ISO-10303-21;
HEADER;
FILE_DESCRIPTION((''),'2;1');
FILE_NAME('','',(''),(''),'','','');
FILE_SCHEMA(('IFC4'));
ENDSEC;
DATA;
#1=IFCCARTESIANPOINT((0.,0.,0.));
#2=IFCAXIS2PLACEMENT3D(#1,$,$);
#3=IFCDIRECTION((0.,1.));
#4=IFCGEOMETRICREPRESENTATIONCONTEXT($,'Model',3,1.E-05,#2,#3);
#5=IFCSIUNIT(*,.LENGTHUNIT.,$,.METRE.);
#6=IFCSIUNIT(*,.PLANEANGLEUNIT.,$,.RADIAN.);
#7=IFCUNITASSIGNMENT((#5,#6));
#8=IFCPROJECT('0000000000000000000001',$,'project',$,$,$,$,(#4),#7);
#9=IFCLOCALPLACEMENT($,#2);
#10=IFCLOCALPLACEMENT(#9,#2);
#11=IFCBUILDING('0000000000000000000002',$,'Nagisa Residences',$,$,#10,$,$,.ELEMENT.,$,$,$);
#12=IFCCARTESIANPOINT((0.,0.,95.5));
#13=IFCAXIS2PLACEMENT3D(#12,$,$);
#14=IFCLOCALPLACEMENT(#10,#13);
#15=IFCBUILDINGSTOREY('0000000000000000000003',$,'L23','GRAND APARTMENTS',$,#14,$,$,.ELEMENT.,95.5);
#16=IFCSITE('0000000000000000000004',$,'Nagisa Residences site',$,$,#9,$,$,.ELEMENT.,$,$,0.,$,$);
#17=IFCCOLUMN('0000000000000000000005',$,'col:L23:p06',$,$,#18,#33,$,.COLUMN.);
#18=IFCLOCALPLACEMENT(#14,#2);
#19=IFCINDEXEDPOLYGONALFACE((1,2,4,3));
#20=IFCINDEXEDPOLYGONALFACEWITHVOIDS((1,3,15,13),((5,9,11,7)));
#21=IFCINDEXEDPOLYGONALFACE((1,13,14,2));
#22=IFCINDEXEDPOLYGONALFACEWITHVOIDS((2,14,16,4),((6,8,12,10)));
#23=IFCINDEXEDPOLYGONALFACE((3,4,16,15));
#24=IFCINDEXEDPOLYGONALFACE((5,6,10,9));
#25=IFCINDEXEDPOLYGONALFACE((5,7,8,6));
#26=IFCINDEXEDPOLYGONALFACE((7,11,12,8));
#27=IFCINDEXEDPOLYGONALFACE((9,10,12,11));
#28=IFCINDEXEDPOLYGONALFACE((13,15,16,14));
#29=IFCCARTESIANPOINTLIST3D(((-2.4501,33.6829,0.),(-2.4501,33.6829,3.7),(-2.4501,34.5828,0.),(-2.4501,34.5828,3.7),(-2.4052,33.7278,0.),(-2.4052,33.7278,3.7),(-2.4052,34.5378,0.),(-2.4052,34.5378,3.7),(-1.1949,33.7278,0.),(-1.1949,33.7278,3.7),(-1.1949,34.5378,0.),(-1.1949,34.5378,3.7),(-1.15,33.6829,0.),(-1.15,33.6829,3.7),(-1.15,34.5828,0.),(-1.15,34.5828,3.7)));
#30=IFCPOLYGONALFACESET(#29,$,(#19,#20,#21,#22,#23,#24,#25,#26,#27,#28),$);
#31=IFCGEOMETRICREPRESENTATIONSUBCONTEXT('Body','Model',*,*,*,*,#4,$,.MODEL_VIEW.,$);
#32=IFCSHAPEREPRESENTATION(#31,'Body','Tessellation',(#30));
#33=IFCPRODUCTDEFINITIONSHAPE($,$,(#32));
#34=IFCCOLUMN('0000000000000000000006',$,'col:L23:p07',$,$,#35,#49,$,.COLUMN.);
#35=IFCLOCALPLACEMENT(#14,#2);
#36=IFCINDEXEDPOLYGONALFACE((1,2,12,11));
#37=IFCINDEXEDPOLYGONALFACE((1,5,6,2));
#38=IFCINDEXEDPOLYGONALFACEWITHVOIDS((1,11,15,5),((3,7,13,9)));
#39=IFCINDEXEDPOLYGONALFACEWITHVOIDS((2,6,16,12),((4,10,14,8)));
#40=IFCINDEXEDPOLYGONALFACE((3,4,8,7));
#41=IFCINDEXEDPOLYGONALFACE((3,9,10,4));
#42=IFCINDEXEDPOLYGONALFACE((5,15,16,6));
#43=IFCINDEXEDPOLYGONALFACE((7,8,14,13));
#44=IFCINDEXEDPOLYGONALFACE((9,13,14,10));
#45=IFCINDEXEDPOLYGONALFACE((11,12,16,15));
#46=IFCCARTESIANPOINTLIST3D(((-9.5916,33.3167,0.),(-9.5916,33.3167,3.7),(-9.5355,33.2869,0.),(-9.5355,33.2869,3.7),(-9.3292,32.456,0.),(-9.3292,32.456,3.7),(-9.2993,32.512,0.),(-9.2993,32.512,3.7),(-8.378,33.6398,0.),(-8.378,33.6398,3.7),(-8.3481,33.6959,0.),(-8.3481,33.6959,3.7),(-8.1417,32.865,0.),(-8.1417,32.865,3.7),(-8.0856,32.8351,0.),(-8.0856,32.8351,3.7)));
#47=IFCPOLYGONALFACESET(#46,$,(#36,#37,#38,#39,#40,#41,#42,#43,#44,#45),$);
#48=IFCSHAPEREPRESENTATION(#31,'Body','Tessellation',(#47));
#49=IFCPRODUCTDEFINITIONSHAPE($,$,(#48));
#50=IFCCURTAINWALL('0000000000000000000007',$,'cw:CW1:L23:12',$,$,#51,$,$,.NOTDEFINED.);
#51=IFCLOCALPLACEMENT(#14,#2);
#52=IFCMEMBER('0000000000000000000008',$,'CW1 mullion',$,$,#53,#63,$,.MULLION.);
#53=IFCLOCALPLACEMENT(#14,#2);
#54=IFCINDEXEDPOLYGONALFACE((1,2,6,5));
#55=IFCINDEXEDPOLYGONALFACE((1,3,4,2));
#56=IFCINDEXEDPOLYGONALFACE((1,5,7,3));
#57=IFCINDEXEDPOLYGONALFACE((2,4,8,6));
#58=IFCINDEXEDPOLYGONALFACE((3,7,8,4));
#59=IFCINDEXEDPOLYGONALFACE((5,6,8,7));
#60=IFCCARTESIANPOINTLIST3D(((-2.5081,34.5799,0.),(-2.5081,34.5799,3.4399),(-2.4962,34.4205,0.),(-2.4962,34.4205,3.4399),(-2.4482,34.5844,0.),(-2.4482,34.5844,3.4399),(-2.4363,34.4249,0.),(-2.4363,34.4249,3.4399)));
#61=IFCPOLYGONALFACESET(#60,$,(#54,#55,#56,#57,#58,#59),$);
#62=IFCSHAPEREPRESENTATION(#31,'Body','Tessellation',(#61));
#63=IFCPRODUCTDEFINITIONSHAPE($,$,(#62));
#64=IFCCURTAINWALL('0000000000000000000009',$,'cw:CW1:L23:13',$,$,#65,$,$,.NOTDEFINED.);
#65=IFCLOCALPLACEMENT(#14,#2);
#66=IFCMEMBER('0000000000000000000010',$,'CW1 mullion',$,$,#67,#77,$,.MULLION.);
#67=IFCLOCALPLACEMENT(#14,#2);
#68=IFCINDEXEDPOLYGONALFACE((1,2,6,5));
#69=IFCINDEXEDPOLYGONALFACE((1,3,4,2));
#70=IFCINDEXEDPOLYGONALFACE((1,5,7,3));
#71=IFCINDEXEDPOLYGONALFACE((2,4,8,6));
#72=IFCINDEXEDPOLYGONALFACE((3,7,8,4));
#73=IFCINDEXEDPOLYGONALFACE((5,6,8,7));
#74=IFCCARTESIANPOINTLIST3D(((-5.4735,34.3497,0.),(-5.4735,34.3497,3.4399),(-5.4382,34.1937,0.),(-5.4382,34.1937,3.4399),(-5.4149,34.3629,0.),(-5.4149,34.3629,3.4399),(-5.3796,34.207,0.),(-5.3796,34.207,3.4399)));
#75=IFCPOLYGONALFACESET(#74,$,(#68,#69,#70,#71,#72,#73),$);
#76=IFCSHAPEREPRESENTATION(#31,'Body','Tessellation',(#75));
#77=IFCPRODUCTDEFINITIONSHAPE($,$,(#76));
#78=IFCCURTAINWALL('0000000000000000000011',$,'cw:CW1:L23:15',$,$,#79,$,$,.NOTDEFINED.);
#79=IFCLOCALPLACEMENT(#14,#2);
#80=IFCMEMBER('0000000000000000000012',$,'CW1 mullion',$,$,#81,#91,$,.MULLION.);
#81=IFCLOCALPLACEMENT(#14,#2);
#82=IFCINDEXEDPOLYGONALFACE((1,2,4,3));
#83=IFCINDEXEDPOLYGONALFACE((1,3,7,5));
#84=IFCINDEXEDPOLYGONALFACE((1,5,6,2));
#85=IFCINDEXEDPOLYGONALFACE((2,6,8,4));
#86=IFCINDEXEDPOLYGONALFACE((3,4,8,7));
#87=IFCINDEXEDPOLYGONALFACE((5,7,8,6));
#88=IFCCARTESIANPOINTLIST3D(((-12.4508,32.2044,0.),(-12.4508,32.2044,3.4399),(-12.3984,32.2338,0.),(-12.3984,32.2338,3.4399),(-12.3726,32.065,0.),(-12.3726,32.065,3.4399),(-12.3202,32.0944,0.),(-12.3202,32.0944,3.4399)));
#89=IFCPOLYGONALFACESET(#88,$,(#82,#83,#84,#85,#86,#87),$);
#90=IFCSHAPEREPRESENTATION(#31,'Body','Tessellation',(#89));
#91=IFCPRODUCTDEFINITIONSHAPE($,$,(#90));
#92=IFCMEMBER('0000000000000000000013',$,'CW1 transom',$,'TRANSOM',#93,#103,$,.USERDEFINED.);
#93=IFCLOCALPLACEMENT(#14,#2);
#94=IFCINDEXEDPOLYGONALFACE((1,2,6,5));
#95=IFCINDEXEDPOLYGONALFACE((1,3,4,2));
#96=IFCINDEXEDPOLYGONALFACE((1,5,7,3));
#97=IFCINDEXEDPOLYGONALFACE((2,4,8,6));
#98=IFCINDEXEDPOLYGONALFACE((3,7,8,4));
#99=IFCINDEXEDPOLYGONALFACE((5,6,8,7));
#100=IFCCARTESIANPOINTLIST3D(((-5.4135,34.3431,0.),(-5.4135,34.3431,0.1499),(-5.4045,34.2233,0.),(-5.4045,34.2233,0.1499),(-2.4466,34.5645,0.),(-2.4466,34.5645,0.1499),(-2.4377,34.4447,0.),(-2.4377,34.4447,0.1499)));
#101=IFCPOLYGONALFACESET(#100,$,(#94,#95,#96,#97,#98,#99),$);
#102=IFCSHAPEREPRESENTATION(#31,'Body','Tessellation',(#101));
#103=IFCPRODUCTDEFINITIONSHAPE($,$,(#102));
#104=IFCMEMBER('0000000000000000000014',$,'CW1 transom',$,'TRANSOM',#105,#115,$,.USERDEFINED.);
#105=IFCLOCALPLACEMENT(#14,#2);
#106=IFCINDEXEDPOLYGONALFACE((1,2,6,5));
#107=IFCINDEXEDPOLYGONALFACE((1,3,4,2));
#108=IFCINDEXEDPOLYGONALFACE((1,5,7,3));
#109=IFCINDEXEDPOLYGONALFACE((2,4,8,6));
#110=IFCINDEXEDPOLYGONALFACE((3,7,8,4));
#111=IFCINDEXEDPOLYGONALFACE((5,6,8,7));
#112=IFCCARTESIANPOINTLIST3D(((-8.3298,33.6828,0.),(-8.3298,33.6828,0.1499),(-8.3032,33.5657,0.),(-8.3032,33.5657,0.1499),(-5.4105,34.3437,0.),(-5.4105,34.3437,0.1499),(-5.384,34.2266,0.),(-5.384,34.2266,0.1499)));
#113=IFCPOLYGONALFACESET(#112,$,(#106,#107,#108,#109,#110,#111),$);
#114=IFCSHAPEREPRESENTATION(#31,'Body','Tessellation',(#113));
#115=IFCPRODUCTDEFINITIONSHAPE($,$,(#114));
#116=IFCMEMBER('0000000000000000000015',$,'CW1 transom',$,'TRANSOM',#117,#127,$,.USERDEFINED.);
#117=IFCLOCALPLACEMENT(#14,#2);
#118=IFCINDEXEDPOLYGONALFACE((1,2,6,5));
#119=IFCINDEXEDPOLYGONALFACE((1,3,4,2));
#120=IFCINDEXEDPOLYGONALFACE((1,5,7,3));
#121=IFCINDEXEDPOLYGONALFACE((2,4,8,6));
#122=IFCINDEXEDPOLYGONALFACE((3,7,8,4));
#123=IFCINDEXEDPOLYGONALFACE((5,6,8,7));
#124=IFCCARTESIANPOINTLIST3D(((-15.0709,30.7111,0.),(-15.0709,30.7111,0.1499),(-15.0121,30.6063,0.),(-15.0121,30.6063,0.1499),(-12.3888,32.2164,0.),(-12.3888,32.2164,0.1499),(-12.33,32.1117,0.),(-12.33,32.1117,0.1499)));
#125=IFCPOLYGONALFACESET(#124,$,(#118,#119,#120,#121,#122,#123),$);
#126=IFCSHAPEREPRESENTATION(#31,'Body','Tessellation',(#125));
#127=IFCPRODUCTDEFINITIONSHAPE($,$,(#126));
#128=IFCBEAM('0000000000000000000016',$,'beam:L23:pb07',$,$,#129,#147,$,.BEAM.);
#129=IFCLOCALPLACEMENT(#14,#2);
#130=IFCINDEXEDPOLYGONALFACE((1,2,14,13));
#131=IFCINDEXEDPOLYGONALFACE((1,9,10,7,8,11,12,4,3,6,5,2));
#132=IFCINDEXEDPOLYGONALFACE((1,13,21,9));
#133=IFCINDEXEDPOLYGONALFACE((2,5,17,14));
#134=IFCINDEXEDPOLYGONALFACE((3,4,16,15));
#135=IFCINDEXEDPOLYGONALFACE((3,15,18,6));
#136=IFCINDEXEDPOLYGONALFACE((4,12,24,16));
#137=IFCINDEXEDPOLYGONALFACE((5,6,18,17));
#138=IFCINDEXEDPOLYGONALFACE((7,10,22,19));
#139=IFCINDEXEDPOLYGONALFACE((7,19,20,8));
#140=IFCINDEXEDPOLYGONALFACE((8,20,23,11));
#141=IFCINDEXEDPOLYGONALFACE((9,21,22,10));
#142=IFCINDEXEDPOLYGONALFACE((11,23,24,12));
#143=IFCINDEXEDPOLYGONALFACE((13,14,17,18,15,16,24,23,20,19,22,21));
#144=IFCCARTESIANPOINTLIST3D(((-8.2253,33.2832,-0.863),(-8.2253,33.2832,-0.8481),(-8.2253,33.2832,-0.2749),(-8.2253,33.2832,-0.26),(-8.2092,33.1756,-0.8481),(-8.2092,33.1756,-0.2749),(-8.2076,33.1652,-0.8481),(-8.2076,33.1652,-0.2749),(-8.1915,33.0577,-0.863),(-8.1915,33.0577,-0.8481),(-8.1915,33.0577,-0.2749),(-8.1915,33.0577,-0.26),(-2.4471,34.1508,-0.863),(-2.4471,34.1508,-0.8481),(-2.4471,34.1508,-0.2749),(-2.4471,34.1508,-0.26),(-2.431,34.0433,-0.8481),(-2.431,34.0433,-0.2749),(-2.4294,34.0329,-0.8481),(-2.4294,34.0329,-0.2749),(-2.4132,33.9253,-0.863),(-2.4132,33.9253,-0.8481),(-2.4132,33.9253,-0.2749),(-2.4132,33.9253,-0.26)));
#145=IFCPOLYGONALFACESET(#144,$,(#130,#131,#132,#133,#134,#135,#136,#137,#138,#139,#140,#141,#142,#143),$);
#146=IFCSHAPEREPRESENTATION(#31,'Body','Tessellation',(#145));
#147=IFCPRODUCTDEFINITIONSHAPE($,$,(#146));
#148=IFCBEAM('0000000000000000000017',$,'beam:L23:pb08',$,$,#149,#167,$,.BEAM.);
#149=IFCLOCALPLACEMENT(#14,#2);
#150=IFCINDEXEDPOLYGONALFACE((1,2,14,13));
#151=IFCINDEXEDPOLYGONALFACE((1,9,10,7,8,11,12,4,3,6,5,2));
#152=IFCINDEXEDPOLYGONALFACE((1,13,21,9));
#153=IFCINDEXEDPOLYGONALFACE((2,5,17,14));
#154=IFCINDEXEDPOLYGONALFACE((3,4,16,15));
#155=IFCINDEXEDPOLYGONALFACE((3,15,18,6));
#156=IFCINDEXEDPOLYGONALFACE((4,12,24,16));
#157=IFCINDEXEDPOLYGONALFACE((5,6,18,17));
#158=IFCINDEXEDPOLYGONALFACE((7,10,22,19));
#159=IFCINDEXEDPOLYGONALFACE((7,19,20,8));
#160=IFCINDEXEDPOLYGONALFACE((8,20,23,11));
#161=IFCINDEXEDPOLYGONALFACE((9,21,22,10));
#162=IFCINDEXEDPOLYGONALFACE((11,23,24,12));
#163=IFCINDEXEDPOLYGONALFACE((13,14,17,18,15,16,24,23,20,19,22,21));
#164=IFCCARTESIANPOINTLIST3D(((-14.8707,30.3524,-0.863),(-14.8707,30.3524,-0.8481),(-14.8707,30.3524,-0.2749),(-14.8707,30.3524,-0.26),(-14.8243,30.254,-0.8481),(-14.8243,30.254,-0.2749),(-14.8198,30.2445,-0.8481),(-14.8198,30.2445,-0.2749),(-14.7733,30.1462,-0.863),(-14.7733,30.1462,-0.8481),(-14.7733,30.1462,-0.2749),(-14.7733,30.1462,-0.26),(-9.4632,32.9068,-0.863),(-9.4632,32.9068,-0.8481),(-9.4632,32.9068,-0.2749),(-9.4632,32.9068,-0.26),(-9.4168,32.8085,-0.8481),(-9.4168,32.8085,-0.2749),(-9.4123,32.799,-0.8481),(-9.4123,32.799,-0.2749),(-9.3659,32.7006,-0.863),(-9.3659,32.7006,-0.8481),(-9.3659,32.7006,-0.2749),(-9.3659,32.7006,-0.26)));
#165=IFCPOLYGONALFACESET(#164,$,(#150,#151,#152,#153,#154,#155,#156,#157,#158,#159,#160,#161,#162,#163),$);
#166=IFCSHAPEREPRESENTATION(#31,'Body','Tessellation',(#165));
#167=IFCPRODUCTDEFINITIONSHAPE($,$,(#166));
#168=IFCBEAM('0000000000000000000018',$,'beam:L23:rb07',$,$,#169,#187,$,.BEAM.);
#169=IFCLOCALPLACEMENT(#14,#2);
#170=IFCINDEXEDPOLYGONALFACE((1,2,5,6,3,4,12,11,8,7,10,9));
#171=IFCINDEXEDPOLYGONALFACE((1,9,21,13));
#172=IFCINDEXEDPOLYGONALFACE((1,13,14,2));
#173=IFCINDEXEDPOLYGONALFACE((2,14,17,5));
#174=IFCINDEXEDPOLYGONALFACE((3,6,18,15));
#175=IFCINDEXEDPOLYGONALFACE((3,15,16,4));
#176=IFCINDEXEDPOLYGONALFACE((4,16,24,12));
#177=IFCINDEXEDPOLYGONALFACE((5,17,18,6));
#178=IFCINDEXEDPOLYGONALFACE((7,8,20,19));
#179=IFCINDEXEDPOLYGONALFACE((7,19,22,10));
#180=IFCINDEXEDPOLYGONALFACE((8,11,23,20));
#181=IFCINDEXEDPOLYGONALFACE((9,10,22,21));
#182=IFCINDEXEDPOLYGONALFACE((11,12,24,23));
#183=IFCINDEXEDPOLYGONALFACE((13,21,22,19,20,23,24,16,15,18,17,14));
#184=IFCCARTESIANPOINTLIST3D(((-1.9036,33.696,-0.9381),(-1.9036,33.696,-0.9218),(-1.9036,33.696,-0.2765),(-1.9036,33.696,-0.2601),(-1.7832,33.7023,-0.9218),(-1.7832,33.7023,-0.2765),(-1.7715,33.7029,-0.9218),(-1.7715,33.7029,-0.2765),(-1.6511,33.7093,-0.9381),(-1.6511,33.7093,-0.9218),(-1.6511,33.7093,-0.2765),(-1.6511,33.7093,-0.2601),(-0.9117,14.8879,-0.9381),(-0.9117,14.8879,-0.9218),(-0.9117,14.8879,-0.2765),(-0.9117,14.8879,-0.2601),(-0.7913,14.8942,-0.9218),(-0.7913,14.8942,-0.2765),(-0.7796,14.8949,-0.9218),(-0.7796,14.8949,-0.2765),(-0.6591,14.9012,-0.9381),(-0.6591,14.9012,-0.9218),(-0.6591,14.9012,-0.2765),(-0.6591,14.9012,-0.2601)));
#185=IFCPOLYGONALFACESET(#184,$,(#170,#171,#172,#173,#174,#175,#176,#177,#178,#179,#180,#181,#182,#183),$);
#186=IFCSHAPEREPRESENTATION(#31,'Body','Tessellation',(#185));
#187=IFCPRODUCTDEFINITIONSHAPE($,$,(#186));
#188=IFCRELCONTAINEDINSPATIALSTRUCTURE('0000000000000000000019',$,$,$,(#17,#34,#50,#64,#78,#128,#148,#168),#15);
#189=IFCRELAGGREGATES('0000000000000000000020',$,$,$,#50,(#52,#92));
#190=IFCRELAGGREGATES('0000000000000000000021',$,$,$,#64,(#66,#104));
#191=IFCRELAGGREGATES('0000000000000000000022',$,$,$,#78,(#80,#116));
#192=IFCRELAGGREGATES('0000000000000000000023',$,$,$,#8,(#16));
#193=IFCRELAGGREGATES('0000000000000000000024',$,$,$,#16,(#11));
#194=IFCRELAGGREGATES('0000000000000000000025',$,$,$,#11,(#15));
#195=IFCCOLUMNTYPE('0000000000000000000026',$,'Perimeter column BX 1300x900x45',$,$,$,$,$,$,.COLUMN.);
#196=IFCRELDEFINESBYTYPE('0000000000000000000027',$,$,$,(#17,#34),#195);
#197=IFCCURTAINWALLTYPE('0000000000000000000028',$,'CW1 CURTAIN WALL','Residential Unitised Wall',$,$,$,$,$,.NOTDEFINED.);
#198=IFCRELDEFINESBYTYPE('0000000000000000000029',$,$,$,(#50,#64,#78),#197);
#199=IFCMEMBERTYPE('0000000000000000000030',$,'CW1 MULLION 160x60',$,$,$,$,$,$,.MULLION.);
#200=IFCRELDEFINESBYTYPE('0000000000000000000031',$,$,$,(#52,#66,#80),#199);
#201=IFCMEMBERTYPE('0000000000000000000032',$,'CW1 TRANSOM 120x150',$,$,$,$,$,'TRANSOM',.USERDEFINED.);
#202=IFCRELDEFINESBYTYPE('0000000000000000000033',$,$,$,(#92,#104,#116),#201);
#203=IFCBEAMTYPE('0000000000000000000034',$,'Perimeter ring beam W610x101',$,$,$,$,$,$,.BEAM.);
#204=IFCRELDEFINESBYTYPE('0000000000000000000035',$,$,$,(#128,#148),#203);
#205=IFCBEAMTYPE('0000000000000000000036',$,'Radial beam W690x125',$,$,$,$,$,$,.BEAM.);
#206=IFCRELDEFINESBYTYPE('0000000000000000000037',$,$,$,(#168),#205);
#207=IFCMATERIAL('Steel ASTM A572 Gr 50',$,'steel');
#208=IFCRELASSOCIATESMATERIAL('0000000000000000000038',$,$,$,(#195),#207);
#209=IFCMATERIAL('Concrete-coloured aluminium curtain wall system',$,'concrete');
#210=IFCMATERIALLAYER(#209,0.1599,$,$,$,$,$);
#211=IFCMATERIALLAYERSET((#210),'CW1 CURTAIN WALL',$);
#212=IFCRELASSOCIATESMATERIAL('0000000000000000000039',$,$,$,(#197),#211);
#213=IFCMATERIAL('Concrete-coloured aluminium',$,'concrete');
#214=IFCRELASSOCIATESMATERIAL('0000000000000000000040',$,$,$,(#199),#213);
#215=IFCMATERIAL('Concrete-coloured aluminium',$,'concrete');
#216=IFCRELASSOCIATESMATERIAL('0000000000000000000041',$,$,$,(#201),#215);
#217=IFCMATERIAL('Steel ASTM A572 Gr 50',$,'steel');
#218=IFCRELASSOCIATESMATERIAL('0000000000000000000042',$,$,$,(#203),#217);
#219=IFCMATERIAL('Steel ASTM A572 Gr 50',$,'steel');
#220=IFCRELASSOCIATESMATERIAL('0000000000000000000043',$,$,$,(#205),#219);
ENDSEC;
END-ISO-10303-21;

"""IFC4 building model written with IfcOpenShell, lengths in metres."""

from ifc_helpers import new_model, si_unit, direction, frame, origin, origin_2d, place, context, subcontext, project, spatial, rectangle, hollow_rectangle, i_section, extrude, material, layer, layer_set, material_profile, profile_set, type_object, element, aggregate, save


model = new_model("IFC4")

# Units and contexts
model_context = context("Model", 3, precision=1e-05, world=origin(), true_north=direction((0.0, 1.0)))
body_context = subcontext(model_context, "Body", "Model", "MODEL_VIEW")
ifc_project = project(units=[si_unit("LENGTHUNIT", "METRE"), si_unit("PLANEANGLEUNIT", "RADIAN")], contexts=[model_context])

# Site, building, storey
site_placement = place(None, origin())
site = spatial("IfcSite", under=ifc_project, at=site_placement, Name="Nagisa Residences site", CompositionType="ELEMENT", RefElevation=0.0)
building_placement = place(site_placement, origin())
building = spatial("IfcBuilding", under=site, at=building_placement, Name="Nagisa Residences", CompositionType="ELEMENT")
storey_placement = place(building_placement, frame((0.0, 0.0, 95.5)))
storey = spatial("IfcBuildingStorey", under=building, at=storey_placement, Name="L23", Description="GRAND APARTMENTS", CompositionType="ELEMENT", Elevation=95.5)

# Columns
ifc_material_1 = material(Name="Steel ASTM A572 Gr 50", Category="steel")
ifc_material_profile_1 = material_profile(ifc_material_1, hollow_rectangle(XDim=1.3, YDim=0.8999, WallThickness=0.0449, at=origin_2d()), Name="BX 1300x900x45")
ifc_profile_set_1 = profile_set([ifc_material_profile_1], Name="Steel ASTM A572 Gr 50")
column_type = type_object("IfcColumnType", Name="Perimeter column BX 1300x900x45", PredefinedType="COLUMN", material=ifc_profile_set_1)
for number, where, z_axis, x_axis, name in (
    (1, (-1.8, 34.1328, 0.0), (0.0, 0.0, 1.0), (-1.0, 0.0, 0.0), "col:L23:p06"),
    (2, (-8.8386, 33.0759, 0.0), (0.0, 0.0, 1.0), (-0.956525, -0.291652, 0.0), "col:L23:p07"),
):
    element("IfcColumn", number, at=place(storey_placement, frame(where, z_axis=z_axis, x_axis=x_axis)), inside=storey, type_object=column_type, Name=name, PredefinedType="COLUMN", context=body_context, shape_type="SweptSolid", body=[
        extrude(hollow_rectangle(XDim=1.3, YDim=0.8999, WallThickness=0.0449, at=origin_2d()), origin(), (0.0, 0.0, 1.0), 3.7),
    ])

# Curtain walls, members
ifc_material_2 = material(Name="Concrete-coloured aluminium curtain wall system", Category="concrete")
ifc_layer_1 = layer(ifc_material_2, 0.1599)
ifc_layer_set_1 = layer_set([ifc_layer_1], Name="CW1 CURTAIN WALL")
curtain_wall_type = type_object("IfcCurtainWallType", Name="CW1 CURTAIN WALL", Description="Residential Unitised Wall", PredefinedType="NOTDEFINED", material=ifc_layer_set_1)
curtain_wall_1_placement = place(storey_placement, origin())
curtain_wall_1 = element("IfcCurtainWall", 3, at=curtain_wall_1_placement, inside=storey, type_object=curtain_wall_type, Name="cw:CW1:L23:12", PredefinedType="NOTDEFINED")
ifc_material_3 = material(Name="Concrete-coloured aluminium", Category="concrete")
ifc_material_profile_2 = material_profile(ifc_material_3, rectangle(XDim=0.1599, YDim=0.0601, at=origin_2d()), Name="CW1 MULLION 160x60")
ifc_profile_set_2 = profile_set([ifc_material_profile_2], Name="Concrete-coloured aluminium")
member_type_1 = type_object("IfcMemberType", Name="CW1 MULLION 160x60", PredefinedType="MULLION", material=ifc_profile_set_2)
member_1_placement = place(storey_placement, frame((-2.4722, 34.5024, 0.0), z_axis=(0.0, 0.0, 1.0), x_axis=(0.074377, -0.99723, 0.0)))
member_1 = element("IfcMember", 4, at=member_1_placement, type_object=member_type_1, Name="CW1 mullion", PredefinedType="MULLION", context=body_context, shape_type="SweptSolid", body=[
    extrude(rectangle(XDim=0.1599, YDim=0.0601, at=origin_2d()), origin(), (0.0, 0.0, 1.0), 3.4399),
])
curtain_wall_2_placement = place(storey_placement, origin())
curtain_wall_2 = element("IfcCurtainWall", 5, at=curtain_wall_2_placement, inside=storey, type_object=curtain_wall_type, Name="cw:CW1:L23:13", PredefinedType="NOTDEFINED")
member_2_placement = place(storey_placement, frame((-5.4265, 34.2783, 0.0), z_axis=(0.0, 0.0, 1.0), x_axis=(0.220764, -0.975327, 0.0)))
member_2 = element("IfcMember", 6, at=member_2_placement, type_object=member_type_1, Name="CW1 mullion", PredefinedType="MULLION", context=body_context, shape_type="SweptSolid", body=[
    extrude(rectangle(XDim=0.1599, YDim=0.0601, at=origin_2d()), origin(), (0.0, 0.0, 1.0), 3.4399),
])
curtain_wall_3_placement = place(storey_placement, origin())
curtain_wall_3 = element("IfcCurtainWall", 7, at=curtain_wall_3_placement, inside=storey, type_object=curtain_wall_type, Name="cw:CW1:L23:15", PredefinedType="NOTDEFINED")
member_3_placement = place(storey_placement, frame((-12.3855, 32.1494, 0.0), z_axis=(0.0, 0.0, 1.0), x_axis=(0.489377, -0.872072, 0.0)))
member_3 = element("IfcMember", 8, at=member_3_placement, type_object=member_type_1, Name="CW1 mullion", PredefinedType="MULLION", context=body_context, shape_type="SweptSolid", body=[
    extrude(rectangle(XDim=0.1599, YDim=0.0601, at=origin_2d()), origin(), (0.0, 0.0, 1.0), 3.4399),
])

# Members
ifc_material_4 = material(Name="Concrete-coloured aluminium", Category="concrete")
ifc_material_profile_3 = material_profile(ifc_material_4, rectangle(XDim=0.1201, YDim=0.1499, at=origin_2d()), Name="CW1 TRANSOM 120x150")
ifc_profile_set_3 = profile_set([ifc_material_profile_3], Name="Concrete-coloured aluminium")
member_type_2 = type_object("IfcMemberType", Name="CW1 TRANSOM 120x150", ElementType="TRANSOM", PredefinedType="USERDEFINED", material=ifc_profile_set_3)
member_4_placement = place(storey_placement, frame((-2.4421, 34.5046, 0.075), z_axis=(-0.997226, -0.074431, 0.0), x_axis=(0.074431, -0.997226, 0.0)))
member_4 = element("IfcMember", 9, at=member_4_placement, type_object=member_type_2, Name="CW1 transom", ObjectType="TRANSOM", PredefinedType="USERDEFINED", context=body_context, shape_type="SweptSolid", body=[
    extrude(rectangle(XDim=0.1201, YDim=0.1499, at=origin_2d()), origin(), (0.0, 0.0, 1.0), 2.9751),
])
member_5_placement = place(storey_placement, frame((-5.3972, 34.2852, 0.075), z_axis=(-0.975318, -0.220807, 0.0), x_axis=(0.220807, -0.975318, 0.0)))
member_5 = element("IfcMember", 10, at=member_5_placement, type_object=member_type_2, Name="CW1 transom", ObjectType="TRANSOM", PredefinedType="USERDEFINED", context=body_context, shape_type="SweptSolid", body=[
    extrude(rectangle(XDim=0.1201, YDim=0.1499, at=origin_2d()), origin(), (0.0, 0.0, 1.0), 2.9932),
])
member_6_placement = place(storey_placement, frame((-12.3594, 32.1641, 0.075), z_axis=(-0.872037, -0.489439, 0.0), x_axis=(0.489439, -0.872037, 0.0)))
member_6 = element("IfcMember", 11, at=member_6_placement, type_object=member_type_2, Name="CW1 transom", ObjectType="TRANSOM", PredefinedType="USERDEFINED", context=body_context, shape_type="SweptSolid", body=[
    extrude(rectangle(XDim=0.1201, YDim=0.1499, at=origin_2d()), origin(), (0.0, 0.0, 1.0), 3.0757),
])

# Beams
ifc_material_5 = material(Name="Steel ASTM A572 Gr 50", Category="steel")
ifc_material_profile_4 = material_profile(ifc_material_5, i_section(OverallWidth=0.228, OverallDepth=0.603, WebThickness=0.0105, FlangeThickness=0.0149, at=origin_2d()), Name="W610x101")
ifc_profile_set_4 = profile_set([ifc_material_profile_4], Name="Steel ASTM A572 Gr 50")
beam_type_1 = type_object("IfcBeamType", Name="Perimeter ring beam W610x101", PredefinedType="BEAM", material=ifc_profile_set_4)
beam_1_placement = place(storey_placement, frame((-2.4302, 34.0381, -0.5615), z_axis=(-0.988913, -0.148496, 0.0), x_axis=(0.148496, -0.988913, 0.0)))
element("IfcBeam", 12, at=beam_1_placement, inside=storey, type_object=beam_type_1, Name="beam:L23:pb07", PredefinedType="BEAM", context=body_context, shape_type="SweptSolid", body=[
    extrude(i_section(OverallWidth=0.228, OverallDepth=0.603, WebThickness=0.0105, FlangeThickness=0.0149, at=origin_2d()), origin(), (0.0, 0.0, 1.0), 5.843),
])
beam_2_placement = place(storey_placement, frame((-9.4146, 32.8037, -0.5615), z_axis=(-0.90419, -0.427131, 0.0), x_axis=(0.427131, -0.90419, 0.0)))
element("IfcBeam", 13, at=beam_2_placement, inside=storey, type_object=beam_type_1, Name="beam:L23:pb08", PredefinedType="BEAM", context=body_context, shape_type="SweptSolid", body=[
    extrude(i_section(OverallWidth=0.228, OverallDepth=0.603, WebThickness=0.0105, FlangeThickness=0.0149, at=origin_2d()), origin(), (0.0, 0.0, 1.0), 5.9805),
])
ifc_material_6 = material(Name="Steel ASTM A572 Gr 50", Category="steel")
ifc_material_profile_5 = material_profile(ifc_material_6, i_section(OverallWidth=0.2529, OverallDepth=0.678, WebThickness=0.0117, FlangeThickness=0.0164, at=origin_2d()), Name="W690x125")
ifc_profile_set_5 = profile_set([ifc_material_profile_5], Name="Steel ASTM A572 Gr 50")
beam_type_2 = type_object("IfcBeamType", Name="Radial beam W690x125", PredefinedType="BEAM", material=ifc_profile_set_5)
beam_3_placement = place(storey_placement, frame((-1.7773, 33.7026, -0.5991), z_axis=(0.052667, -0.998612, 0.0), x_axis=(0.998612, 0.052667, 0.0)))
element("IfcBeam", 14, at=beam_3_placement, inside=storey, type_object=beam_type_2, Name="beam:L23:rb07", PredefinedType="BEAM", context=body_context, shape_type="SweptSolid", body=[
    extrude(i_section(OverallWidth=0.2529, OverallDepth=0.678, WebThickness=0.0117, FlangeThickness=0.0164, at=origin_2d()), origin(), (0.0, 0.0, 1.0), 18.8342),
])

aggregate(curtain_wall_1, [member_1, member_4])
aggregate(curtain_wall_2, [member_2, member_5])
aggregate(curtain_wall_3, [member_3, member_6])

save(model, "model.ifc")
